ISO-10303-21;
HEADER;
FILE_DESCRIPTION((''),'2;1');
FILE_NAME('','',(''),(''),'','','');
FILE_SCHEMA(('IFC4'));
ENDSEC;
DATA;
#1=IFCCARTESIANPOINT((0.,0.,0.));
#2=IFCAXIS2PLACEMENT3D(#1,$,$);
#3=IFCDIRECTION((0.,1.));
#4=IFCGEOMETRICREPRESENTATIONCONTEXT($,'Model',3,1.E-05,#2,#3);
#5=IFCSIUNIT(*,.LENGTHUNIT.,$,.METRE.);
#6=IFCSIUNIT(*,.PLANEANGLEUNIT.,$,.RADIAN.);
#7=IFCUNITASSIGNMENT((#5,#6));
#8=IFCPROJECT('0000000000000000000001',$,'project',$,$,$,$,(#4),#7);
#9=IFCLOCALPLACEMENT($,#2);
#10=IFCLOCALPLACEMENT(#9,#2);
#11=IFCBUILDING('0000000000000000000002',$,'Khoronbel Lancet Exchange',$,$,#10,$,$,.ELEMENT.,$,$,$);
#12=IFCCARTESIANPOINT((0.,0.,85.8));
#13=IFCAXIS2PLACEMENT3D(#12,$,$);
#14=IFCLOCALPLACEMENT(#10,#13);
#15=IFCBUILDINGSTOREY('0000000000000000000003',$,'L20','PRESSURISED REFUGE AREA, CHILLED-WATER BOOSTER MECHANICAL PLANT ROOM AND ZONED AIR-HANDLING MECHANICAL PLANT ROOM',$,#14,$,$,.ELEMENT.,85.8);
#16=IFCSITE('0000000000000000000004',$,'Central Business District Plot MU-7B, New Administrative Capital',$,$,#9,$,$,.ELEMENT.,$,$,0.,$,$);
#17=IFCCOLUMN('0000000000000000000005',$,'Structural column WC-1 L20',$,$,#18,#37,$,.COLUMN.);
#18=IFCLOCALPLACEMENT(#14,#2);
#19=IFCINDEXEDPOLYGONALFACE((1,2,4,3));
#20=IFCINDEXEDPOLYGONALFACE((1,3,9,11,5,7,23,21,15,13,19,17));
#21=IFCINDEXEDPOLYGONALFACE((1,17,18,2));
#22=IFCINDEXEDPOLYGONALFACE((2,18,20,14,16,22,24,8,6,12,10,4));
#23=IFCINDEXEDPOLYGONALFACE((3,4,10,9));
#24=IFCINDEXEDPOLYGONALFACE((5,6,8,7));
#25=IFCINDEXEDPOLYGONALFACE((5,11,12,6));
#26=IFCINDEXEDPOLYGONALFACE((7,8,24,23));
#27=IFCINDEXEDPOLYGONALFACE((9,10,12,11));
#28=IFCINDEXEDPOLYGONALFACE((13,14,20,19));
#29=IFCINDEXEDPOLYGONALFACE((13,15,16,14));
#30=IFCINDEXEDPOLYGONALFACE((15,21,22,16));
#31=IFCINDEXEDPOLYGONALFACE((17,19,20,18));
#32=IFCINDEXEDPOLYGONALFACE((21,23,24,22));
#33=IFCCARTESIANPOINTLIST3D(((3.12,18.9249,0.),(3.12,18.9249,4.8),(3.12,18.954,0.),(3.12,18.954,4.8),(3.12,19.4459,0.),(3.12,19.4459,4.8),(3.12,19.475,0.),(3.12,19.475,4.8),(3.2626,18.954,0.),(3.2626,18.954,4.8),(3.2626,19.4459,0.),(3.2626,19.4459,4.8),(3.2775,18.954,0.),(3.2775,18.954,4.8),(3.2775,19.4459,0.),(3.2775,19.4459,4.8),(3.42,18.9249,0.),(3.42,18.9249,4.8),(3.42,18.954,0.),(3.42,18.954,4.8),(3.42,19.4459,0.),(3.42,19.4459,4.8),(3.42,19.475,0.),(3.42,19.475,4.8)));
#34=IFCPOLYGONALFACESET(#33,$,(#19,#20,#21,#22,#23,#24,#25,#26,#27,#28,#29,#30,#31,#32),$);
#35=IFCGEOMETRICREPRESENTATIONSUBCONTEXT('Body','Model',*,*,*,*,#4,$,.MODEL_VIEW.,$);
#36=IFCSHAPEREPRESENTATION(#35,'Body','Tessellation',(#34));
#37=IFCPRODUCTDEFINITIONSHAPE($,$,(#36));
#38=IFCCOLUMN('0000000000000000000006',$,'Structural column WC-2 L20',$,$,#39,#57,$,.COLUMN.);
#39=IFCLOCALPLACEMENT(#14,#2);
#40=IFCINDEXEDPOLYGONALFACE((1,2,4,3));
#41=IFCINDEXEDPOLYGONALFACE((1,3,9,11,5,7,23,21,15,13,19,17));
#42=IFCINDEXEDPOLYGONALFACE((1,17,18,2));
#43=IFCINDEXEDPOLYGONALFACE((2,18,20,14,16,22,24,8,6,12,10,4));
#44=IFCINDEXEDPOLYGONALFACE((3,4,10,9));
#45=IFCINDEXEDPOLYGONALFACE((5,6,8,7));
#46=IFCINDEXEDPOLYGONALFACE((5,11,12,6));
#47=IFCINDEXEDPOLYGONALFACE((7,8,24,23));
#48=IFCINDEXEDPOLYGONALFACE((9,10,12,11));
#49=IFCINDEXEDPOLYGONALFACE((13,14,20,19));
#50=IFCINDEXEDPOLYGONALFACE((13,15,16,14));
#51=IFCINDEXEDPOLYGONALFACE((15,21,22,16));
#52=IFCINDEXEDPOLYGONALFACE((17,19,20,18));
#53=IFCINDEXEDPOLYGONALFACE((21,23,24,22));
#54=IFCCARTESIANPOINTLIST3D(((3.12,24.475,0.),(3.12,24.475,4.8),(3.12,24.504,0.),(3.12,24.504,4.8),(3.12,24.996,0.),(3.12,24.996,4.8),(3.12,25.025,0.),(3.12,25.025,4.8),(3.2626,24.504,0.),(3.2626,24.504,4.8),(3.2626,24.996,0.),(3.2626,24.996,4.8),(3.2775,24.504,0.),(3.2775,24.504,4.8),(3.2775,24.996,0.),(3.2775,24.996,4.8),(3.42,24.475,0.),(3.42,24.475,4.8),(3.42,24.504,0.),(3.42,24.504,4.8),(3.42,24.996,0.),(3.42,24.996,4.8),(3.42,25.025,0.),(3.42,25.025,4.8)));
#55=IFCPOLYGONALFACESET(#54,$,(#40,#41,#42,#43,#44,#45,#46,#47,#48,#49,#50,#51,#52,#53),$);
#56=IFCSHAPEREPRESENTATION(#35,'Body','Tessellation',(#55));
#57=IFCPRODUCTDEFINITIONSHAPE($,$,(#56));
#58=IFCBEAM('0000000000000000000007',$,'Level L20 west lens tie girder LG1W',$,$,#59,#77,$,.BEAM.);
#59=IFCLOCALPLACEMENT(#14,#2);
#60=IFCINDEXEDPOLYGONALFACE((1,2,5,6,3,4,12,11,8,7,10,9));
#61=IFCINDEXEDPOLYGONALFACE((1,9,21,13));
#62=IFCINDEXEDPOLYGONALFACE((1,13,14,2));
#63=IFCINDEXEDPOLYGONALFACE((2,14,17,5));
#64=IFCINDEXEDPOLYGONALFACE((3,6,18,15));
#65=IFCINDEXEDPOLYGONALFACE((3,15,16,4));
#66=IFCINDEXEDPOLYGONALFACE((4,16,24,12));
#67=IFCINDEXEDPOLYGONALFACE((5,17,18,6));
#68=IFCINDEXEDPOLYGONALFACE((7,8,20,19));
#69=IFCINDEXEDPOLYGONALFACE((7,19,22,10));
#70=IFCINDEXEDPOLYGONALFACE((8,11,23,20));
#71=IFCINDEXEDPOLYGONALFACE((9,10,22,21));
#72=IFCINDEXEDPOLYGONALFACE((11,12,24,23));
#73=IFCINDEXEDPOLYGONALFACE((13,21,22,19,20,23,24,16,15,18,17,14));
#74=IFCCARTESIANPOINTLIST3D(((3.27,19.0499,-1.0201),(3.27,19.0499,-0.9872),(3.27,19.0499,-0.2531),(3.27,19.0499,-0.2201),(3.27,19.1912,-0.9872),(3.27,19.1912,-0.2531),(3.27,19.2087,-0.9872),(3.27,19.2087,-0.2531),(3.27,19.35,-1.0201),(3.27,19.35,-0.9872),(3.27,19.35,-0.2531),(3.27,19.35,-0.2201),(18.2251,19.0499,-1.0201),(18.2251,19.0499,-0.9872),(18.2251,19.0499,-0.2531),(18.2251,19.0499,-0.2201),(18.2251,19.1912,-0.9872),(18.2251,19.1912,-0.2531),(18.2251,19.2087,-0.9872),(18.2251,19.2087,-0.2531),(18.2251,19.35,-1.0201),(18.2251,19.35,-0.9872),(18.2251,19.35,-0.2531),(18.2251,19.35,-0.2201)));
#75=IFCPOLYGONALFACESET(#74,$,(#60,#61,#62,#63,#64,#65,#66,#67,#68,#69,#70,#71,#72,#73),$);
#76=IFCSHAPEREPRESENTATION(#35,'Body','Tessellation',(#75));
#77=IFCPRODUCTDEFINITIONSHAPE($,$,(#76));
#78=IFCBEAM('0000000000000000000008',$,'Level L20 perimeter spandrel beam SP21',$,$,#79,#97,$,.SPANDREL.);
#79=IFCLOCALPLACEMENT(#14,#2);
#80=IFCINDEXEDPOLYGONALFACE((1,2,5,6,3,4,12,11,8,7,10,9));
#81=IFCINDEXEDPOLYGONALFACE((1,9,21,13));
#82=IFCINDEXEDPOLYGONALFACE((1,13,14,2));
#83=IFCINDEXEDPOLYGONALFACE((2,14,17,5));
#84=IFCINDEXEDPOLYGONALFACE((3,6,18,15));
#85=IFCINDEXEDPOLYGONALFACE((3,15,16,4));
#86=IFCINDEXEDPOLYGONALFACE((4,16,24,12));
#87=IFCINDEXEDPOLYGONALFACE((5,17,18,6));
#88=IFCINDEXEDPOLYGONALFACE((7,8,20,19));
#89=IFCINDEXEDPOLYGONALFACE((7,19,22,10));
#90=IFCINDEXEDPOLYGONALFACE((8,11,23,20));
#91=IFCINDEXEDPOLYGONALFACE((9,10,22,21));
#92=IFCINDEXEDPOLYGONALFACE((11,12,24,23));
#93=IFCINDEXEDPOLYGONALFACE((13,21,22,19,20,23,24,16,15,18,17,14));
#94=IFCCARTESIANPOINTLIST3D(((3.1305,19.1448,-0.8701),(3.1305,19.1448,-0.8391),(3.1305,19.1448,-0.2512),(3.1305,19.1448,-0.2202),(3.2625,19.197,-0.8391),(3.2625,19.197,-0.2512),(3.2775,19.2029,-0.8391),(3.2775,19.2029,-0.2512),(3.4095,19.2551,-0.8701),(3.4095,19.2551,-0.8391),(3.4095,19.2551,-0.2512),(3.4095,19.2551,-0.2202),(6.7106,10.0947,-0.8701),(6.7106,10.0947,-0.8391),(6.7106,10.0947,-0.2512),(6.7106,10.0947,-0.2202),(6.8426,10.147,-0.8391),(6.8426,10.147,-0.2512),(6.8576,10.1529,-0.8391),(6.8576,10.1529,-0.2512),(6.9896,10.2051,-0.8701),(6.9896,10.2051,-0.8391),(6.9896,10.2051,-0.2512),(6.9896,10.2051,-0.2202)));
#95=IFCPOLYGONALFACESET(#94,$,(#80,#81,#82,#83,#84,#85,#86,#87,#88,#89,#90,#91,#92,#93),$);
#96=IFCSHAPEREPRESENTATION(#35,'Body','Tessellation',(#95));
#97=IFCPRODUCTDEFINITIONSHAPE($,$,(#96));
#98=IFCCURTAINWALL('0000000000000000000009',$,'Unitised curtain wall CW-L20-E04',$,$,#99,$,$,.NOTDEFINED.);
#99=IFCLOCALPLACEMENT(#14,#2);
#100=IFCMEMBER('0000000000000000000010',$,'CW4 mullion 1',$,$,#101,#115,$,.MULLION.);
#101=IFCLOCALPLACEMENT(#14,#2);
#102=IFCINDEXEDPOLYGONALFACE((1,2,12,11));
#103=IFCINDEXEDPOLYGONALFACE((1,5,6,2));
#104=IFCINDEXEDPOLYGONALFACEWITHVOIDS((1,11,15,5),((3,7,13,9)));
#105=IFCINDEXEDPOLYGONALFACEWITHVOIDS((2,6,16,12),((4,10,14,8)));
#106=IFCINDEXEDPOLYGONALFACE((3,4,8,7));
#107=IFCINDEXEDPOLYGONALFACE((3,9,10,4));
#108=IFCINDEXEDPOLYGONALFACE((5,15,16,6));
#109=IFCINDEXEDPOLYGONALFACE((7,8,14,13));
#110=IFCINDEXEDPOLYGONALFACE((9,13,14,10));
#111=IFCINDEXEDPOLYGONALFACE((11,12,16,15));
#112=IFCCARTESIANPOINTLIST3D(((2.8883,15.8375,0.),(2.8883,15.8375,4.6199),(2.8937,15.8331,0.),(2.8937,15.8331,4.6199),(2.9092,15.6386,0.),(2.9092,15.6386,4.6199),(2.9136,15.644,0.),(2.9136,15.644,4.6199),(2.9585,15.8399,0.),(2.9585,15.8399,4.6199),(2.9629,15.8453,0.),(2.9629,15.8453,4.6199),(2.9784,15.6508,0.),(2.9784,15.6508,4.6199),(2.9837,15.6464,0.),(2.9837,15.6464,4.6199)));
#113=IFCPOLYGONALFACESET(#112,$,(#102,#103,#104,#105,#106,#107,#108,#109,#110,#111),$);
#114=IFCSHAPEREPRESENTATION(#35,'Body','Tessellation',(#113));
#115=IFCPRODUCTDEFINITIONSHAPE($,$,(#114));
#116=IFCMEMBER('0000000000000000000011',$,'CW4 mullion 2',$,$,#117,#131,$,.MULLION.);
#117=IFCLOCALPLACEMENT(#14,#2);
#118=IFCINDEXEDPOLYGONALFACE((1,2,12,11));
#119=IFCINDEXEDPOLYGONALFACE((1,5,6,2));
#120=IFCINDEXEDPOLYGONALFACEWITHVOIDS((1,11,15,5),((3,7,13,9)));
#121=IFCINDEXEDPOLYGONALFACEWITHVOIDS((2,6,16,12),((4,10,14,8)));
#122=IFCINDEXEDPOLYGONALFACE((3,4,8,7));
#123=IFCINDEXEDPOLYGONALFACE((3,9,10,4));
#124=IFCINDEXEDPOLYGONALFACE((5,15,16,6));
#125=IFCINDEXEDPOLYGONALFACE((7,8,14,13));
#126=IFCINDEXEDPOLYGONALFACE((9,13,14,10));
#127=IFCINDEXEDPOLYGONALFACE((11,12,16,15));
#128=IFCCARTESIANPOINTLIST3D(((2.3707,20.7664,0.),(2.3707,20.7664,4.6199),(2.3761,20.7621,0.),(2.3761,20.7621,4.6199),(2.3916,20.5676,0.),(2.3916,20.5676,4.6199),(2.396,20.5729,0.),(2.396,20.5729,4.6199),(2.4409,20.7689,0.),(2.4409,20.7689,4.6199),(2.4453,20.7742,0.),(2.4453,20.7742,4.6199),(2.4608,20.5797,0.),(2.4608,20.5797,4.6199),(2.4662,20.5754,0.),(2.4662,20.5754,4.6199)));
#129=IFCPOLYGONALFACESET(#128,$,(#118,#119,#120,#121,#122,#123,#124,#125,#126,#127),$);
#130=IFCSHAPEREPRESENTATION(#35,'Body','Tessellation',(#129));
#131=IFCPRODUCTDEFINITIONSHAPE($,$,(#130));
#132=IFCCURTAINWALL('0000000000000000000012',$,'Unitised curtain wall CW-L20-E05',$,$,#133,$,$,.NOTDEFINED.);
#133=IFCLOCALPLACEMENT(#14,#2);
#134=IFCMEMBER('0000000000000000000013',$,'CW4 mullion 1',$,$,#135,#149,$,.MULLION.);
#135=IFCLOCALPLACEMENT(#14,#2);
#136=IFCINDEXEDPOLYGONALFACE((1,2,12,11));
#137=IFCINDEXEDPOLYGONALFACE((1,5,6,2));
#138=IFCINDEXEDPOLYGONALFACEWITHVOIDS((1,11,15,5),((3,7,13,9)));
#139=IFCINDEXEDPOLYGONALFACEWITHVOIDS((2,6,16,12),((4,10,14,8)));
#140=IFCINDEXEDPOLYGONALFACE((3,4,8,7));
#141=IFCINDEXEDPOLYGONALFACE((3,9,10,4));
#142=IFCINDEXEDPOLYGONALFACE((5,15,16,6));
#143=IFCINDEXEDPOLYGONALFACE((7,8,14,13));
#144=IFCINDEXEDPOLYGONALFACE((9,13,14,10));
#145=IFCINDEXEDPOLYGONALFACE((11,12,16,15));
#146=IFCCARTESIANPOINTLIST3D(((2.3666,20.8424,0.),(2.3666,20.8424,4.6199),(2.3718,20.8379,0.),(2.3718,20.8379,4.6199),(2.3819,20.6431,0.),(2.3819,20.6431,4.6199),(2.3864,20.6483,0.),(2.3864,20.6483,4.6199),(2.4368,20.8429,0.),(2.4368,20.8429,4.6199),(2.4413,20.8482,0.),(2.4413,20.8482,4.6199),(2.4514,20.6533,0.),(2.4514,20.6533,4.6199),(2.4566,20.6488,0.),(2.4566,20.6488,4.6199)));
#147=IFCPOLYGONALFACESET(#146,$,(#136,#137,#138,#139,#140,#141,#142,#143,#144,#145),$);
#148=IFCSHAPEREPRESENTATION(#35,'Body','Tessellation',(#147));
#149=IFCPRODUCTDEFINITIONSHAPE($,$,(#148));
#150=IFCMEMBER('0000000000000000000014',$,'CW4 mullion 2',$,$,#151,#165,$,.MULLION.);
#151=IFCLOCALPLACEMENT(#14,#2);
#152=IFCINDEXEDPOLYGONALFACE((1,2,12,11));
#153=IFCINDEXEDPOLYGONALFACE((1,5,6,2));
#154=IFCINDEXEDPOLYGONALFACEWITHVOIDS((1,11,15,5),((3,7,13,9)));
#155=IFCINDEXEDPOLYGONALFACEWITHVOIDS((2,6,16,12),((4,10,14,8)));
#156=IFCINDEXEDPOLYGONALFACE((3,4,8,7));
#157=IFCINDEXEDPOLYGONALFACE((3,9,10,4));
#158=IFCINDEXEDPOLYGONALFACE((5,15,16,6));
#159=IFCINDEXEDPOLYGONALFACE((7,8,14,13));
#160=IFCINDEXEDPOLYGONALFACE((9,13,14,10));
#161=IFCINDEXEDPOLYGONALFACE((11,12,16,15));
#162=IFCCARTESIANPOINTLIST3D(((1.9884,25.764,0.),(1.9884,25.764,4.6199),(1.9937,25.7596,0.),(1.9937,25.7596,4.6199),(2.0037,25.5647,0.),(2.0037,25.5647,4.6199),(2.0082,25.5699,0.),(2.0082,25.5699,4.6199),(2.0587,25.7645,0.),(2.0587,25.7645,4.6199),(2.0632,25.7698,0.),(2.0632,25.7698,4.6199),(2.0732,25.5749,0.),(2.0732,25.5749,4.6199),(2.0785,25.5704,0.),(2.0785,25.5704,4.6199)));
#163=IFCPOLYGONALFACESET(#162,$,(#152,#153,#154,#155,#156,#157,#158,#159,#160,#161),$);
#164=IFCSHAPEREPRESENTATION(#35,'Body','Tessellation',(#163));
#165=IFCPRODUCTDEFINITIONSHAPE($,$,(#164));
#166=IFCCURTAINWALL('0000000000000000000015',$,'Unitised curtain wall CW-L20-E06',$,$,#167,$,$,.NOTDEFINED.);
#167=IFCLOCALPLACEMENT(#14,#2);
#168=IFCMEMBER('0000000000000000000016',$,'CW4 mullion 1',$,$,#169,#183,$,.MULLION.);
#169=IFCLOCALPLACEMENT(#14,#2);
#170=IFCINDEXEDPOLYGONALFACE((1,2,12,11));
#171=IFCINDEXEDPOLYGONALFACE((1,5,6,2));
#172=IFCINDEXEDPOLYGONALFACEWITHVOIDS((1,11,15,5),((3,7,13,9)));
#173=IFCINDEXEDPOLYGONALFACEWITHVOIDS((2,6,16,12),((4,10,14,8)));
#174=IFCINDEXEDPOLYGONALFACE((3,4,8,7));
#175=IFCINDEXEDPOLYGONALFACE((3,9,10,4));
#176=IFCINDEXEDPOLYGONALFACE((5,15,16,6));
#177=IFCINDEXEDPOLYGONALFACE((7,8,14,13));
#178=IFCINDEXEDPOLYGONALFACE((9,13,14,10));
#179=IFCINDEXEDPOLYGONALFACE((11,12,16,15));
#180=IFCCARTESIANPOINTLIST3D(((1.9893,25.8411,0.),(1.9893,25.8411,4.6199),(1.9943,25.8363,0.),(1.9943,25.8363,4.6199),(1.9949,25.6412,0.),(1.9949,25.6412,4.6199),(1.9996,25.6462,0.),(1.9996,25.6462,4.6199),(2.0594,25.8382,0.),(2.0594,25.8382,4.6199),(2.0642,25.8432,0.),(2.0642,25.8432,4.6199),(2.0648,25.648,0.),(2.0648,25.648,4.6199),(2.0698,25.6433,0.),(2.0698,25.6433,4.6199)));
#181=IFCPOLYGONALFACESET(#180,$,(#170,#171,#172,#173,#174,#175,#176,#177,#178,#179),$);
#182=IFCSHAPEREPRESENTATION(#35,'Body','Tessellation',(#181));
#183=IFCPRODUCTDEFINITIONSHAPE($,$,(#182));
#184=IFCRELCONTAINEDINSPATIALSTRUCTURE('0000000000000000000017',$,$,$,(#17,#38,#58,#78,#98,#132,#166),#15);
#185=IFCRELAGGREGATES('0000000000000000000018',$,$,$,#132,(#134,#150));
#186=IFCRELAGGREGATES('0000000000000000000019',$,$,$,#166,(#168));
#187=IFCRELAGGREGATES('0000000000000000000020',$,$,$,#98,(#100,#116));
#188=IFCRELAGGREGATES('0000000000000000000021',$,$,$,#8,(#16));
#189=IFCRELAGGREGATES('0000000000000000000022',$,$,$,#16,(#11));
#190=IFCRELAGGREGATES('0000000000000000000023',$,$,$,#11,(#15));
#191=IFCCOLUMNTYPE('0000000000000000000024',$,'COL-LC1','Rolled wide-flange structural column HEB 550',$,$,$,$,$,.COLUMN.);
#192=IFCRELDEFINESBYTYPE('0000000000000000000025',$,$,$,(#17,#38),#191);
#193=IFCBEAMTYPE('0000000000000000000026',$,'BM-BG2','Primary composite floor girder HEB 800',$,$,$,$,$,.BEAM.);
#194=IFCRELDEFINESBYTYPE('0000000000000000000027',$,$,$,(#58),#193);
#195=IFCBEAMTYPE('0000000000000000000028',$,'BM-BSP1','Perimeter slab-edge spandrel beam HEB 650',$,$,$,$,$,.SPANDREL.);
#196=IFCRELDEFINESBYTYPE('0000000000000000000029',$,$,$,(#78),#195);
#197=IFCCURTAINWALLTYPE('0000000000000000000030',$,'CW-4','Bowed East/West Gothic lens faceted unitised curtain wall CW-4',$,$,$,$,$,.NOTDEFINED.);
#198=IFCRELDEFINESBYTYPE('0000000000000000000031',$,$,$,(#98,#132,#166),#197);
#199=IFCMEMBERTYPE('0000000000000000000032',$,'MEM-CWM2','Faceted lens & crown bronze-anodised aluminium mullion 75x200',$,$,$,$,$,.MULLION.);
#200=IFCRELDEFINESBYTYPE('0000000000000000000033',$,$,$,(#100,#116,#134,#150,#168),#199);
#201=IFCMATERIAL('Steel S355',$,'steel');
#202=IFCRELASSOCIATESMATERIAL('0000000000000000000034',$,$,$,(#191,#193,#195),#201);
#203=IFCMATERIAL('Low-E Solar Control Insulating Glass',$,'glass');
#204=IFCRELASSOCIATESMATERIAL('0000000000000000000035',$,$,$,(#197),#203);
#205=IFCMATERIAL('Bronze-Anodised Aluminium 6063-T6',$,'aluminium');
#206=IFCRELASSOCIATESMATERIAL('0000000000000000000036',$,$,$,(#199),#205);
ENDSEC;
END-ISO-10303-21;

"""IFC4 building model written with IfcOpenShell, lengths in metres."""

from ifc_helpers import new_model, si_unit, direction, frame, origin, origin_2d, place, context, subcontext, project, spatial, hollow_rectangle, i_section, extrude, material, material_profile, profile_set, type_object, element, aggregate, save


model = new_model("IFC4")

# Units and contexts
model_context = context("Model", 3, precision=1e-05, world=origin(), true_north=direction((0.0, 1.0)))
body_context = subcontext(model_context, "Body", "Model", "MODEL_VIEW")
ifc_project = project(units=[si_unit("LENGTHUNIT", "METRE"), si_unit("PLANEANGLEUNIT", "RADIAN")], contexts=[model_context])

# Site, building, storey
site_placement = place(None, origin())
site = spatial("IfcSite", under=ifc_project, at=site_placement, Name="Central Business District Plot MU-7B, New Administrative Capital", CompositionType="ELEMENT", RefElevation=0.0)
building_placement = place(site_placement, origin())
building = spatial("IfcBuilding", under=site, at=building_placement, Name="Khoronbel Lancet Exchange", CompositionType="ELEMENT")
storey_placement = place(building_placement, frame((0.0, 0.0, 85.8)))
storey = spatial("IfcBuildingStorey", under=building, at=storey_placement, Name="L20", Description="PRESSURISED REFUGE AREA, CHILLED-WATER BOOSTER MECHANICAL PLANT ROOM AND ZONED AIR-HANDLING MECHANICAL PLANT ROOM", CompositionType="ELEMENT", Elevation=85.8)

# Columns
ifc_material_1 = material(Name="Steel S355", Category="steel")
ifc_material_profile_1 = material_profile(ifc_material_1, i_section(OverallWidth=0.3, OverallDepth=0.55, WebThickness=0.0149, FlangeThickness=0.0291, at=origin_2d()), Name="HEB 550")
ifc_profile_set_1 = profile_set([ifc_material_profile_1], Name="Steel S355")
column_type = type_object("IfcColumnType", Name="COL-LC1", Description="Rolled wide-flange structural column HEB 550", PredefinedType="COLUMN", material=ifc_profile_set_1)
for number, where, z_axis, x_axis, name in (
    (1, (3.27, 19.2, 0.0), (0.0, 0.0, 1.0), (1.0, 0.0, 0.0), "Structural column WC-1 L20"),
    (2, (3.27, 24.75, 0.0), (0.0, 0.0, 1.0), (1.0, 0.0, 0.0), "Structural column WC-2 L20"),
):
    element("IfcColumn", number, at=place(storey_placement, frame(where, z_axis=z_axis, x_axis=x_axis)), inside=storey, type_object=column_type, Name=name, PredefinedType="COLUMN", context=body_context, shape_type="SweptSolid", body=[
        extrude(i_section(OverallWidth=0.3, OverallDepth=0.55, WebThickness=0.0149, FlangeThickness=0.0291, at=origin_2d()), origin(), (0.0, 0.0, 1.0), 4.8),
    ])

# Beams
ifc_material_profile_2 = material_profile(ifc_material_1, i_section(OverallWidth=0.3, OverallDepth=0.8, WebThickness=0.0176, FlangeThickness=0.033, at=origin_2d()), Name="HEB 800")
ifc_profile_set_2 = profile_set([ifc_material_profile_2], Name="Steel S355")
beam_type_1 = type_object("IfcBeamType", Name="BM-BG2", Description="Primary composite floor girder HEB 800", PredefinedType="BEAM", material=ifc_profile_set_2)
beam_1_placement = place(storey_placement, frame((3.27, 19.2, -0.6201), z_axis=(1.0, 0.0, 0.0), x_axis=(0.0, 1.0, 0.0)))
element("IfcBeam", 3, at=beam_1_placement, inside=storey, type_object=beam_type_1, Name="Level L20 west lens tie girder LG1W", PredefinedType="BEAM", context=body_context, shape_type="SweptSolid", body=[
    extrude(i_section(OverallWidth=0.3, OverallDepth=0.8, WebThickness=0.0176, FlangeThickness=0.033, at=origin_2d()), origin(), (0.0, 0.0, 1.0), 14.9551),
])
ifc_material_profile_3 = material_profile(ifc_material_1, i_section(OverallWidth=0.3, OverallDepth=0.6499, WebThickness=0.0161, FlangeThickness=0.031, at=origin_2d()), Name="HEB 650")
ifc_profile_set_3 = profile_set([ifc_material_profile_3], Name="Steel S355")
beam_type_2 = type_object("IfcBeamType", Name="BM-BSP1", Description="Perimeter slab-edge spandrel beam HEB 650", PredefinedType="SPANDREL", material=ifc_profile_set_3)
beam_2_placement = place(storey_placement, frame((3.27, 19.2, -0.5452), z_axis=(0.36785, -0.929885, 0.0), x_axis=(0.929885, 0.36785, 0.0)))
element("IfcBeam", 4, at=beam_2_placement, inside=storey, type_object=beam_type_2, Name="Level L20 perimeter spandrel beam SP21", PredefinedType="SPANDREL", context=body_context, shape_type="SweptSolid", body=[
    extrude(i_section(OverallWidth=0.3, OverallDepth=0.6499, WebThickness=0.0161, FlangeThickness=0.031, at=origin_2d()), origin(), (0.0, 0.0, 1.0), 9.7324),
])

# Curtain walls, members
ifc_material_2 = material(Name="Low-E Solar Control Insulating Glass", Category="glass")
curtain_wall_type = type_object("IfcCurtainWallType", Name="CW-4", Description="Bowed East/West Gothic lens faceted unitised curtain wall CW-4", PredefinedType="NOTDEFINED", material=ifc_material_2)
curtain_wall_1_placement = place(storey_placement, origin())
curtain_wall_1 = element("IfcCurtainWall", 5, at=curtain_wall_1_placement, inside=storey, type_object=curtain_wall_type, Name="Unitised curtain wall CW-L20-E04", PredefinedType="NOTDEFINED")
ifc_material_3 = material(Name="Bronze-Anodised Aluminium 6063-T6", Category="aluminium")
ifc_material_profile_4 = material_profile(ifc_material_3, hollow_rectangle(XDim=0.075, YDim=0.2, WallThickness=0.0049, at=origin_2d()), Name="ALU MULLION 75x200")
ifc_profile_set_4 = profile_set([ifc_material_profile_4], Name="Bronze-Anodised Aluminium 6063-T6")
member_type_1 = type_object("IfcMemberType", Name="MEM-CWM2", Description="Faceted lens & crown bronze-anodised aluminium mullion 75x200", PredefinedType="MULLION", material=ifc_profile_set_4)
member_1_placement = place(storey_placement, frame((2.936, 15.7419, 0.0), z_axis=(0.0, 0.0, 1.0), x_axis=(-0.994532, -0.104434, 0.0)))
member_1 = element("IfcMember", 6, at=member_1_placement, type_object=member_type_1, Name="CW4 mullion 1", PredefinedType="MULLION", context=body_context, shape_type="SweptSolid", body=[
    extrude(hollow_rectangle(XDim=0.075, YDim=0.2, WallThickness=0.0049, at=origin_2d()), origin(), (0.0, 0.0, 1.0), 4.6199),
])
member_2_placement = place(storey_placement, frame((2.4185, 20.6709, 0.0), z_axis=(0.0, 0.0, 1.0), x_axis=(-0.994532, -0.104434, 0.0)))
member_2 = element("IfcMember", 7, at=member_2_placement, type_object=member_type_1, Name="CW4 mullion 2", PredefinedType="MULLION", context=body_context, shape_type="SweptSolid", body=[
    extrude(hollow_rectangle(XDim=0.075, YDim=0.2, WallThickness=0.0049, at=origin_2d()), origin(), (0.0, 0.0, 1.0), 4.6199),
])
curtain_wall_2_placement = place(storey_placement, origin())
curtain_wall_2 = element("IfcCurtainWall", 8, at=curtain_wall_2_placement, inside=storey, type_object=curtain_wall_type, Name="Unitised curtain wall CW-L20-E05", PredefinedType="NOTDEFINED")
member_3_placement = place(storey_placement, frame((2.4116, 20.7456, 0.0), z_axis=(0.0, 0.0, 1.0), x_axis=(-0.99706, -0.076626, 0.0)))
member_3 = element("IfcMember", 9, at=member_3_placement, type_object=member_type_1, Name="CW4 mullion 1", PredefinedType="MULLION", context=body_context, shape_type="SweptSolid", body=[
    extrude(hollow_rectangle(XDim=0.075, YDim=0.2, WallThickness=0.0049, at=origin_2d()), origin(), (0.0, 0.0, 1.0), 4.6199),
])
member_4_placement = place(storey_placement, frame((2.0334, 25.6672, 0.0), z_axis=(0.0, 0.0, 1.0), x_axis=(-0.99706, -0.076626, 0.0)))
member_4 = element("IfcMember", 10, at=member_4_placement, type_object=member_type_1, Name="CW4 mullion 2", PredefinedType="MULLION", context=body_context, shape_type="SweptSolid", body=[
    extrude(hollow_rectangle(XDim=0.075, YDim=0.2, WallThickness=0.0049, at=origin_2d()), origin(), (0.0, 0.0, 1.0), 4.6199),
])
curtain_wall_3_placement = place(storey_placement, origin())
curtain_wall_3 = element("IfcCurtainWall", 11, at=curtain_wall_3_placement, inside=storey, type_object=curtain_wall_type, Name="Unitised curtain wall CW-L20-E06", PredefinedType="NOTDEFINED")
member_5_placement = place(storey_placement, frame((2.0295, 25.7422, 0.0), z_axis=(0.0, 0.0, 1.0), x_axis=(-0.999604, -0.028135, 0.0)))
member_5 = element("IfcMember", 12, at=member_5_placement, type_object=member_type_1, Name="CW4 mullion 1", PredefinedType="MULLION", context=body_context, shape_type="SweptSolid", body=[
    extrude(hollow_rectangle(XDim=0.075, YDim=0.2, WallThickness=0.0049, at=origin_2d()), origin(), (0.0, 0.0, 1.0), 4.6199),
])

aggregate(curtain_wall_2, [member_3, member_4])
aggregate(curtain_wall_3, [member_5])
aggregate(curtain_wall_1, [member_1, member_2])

save(model, "model.ifc")
